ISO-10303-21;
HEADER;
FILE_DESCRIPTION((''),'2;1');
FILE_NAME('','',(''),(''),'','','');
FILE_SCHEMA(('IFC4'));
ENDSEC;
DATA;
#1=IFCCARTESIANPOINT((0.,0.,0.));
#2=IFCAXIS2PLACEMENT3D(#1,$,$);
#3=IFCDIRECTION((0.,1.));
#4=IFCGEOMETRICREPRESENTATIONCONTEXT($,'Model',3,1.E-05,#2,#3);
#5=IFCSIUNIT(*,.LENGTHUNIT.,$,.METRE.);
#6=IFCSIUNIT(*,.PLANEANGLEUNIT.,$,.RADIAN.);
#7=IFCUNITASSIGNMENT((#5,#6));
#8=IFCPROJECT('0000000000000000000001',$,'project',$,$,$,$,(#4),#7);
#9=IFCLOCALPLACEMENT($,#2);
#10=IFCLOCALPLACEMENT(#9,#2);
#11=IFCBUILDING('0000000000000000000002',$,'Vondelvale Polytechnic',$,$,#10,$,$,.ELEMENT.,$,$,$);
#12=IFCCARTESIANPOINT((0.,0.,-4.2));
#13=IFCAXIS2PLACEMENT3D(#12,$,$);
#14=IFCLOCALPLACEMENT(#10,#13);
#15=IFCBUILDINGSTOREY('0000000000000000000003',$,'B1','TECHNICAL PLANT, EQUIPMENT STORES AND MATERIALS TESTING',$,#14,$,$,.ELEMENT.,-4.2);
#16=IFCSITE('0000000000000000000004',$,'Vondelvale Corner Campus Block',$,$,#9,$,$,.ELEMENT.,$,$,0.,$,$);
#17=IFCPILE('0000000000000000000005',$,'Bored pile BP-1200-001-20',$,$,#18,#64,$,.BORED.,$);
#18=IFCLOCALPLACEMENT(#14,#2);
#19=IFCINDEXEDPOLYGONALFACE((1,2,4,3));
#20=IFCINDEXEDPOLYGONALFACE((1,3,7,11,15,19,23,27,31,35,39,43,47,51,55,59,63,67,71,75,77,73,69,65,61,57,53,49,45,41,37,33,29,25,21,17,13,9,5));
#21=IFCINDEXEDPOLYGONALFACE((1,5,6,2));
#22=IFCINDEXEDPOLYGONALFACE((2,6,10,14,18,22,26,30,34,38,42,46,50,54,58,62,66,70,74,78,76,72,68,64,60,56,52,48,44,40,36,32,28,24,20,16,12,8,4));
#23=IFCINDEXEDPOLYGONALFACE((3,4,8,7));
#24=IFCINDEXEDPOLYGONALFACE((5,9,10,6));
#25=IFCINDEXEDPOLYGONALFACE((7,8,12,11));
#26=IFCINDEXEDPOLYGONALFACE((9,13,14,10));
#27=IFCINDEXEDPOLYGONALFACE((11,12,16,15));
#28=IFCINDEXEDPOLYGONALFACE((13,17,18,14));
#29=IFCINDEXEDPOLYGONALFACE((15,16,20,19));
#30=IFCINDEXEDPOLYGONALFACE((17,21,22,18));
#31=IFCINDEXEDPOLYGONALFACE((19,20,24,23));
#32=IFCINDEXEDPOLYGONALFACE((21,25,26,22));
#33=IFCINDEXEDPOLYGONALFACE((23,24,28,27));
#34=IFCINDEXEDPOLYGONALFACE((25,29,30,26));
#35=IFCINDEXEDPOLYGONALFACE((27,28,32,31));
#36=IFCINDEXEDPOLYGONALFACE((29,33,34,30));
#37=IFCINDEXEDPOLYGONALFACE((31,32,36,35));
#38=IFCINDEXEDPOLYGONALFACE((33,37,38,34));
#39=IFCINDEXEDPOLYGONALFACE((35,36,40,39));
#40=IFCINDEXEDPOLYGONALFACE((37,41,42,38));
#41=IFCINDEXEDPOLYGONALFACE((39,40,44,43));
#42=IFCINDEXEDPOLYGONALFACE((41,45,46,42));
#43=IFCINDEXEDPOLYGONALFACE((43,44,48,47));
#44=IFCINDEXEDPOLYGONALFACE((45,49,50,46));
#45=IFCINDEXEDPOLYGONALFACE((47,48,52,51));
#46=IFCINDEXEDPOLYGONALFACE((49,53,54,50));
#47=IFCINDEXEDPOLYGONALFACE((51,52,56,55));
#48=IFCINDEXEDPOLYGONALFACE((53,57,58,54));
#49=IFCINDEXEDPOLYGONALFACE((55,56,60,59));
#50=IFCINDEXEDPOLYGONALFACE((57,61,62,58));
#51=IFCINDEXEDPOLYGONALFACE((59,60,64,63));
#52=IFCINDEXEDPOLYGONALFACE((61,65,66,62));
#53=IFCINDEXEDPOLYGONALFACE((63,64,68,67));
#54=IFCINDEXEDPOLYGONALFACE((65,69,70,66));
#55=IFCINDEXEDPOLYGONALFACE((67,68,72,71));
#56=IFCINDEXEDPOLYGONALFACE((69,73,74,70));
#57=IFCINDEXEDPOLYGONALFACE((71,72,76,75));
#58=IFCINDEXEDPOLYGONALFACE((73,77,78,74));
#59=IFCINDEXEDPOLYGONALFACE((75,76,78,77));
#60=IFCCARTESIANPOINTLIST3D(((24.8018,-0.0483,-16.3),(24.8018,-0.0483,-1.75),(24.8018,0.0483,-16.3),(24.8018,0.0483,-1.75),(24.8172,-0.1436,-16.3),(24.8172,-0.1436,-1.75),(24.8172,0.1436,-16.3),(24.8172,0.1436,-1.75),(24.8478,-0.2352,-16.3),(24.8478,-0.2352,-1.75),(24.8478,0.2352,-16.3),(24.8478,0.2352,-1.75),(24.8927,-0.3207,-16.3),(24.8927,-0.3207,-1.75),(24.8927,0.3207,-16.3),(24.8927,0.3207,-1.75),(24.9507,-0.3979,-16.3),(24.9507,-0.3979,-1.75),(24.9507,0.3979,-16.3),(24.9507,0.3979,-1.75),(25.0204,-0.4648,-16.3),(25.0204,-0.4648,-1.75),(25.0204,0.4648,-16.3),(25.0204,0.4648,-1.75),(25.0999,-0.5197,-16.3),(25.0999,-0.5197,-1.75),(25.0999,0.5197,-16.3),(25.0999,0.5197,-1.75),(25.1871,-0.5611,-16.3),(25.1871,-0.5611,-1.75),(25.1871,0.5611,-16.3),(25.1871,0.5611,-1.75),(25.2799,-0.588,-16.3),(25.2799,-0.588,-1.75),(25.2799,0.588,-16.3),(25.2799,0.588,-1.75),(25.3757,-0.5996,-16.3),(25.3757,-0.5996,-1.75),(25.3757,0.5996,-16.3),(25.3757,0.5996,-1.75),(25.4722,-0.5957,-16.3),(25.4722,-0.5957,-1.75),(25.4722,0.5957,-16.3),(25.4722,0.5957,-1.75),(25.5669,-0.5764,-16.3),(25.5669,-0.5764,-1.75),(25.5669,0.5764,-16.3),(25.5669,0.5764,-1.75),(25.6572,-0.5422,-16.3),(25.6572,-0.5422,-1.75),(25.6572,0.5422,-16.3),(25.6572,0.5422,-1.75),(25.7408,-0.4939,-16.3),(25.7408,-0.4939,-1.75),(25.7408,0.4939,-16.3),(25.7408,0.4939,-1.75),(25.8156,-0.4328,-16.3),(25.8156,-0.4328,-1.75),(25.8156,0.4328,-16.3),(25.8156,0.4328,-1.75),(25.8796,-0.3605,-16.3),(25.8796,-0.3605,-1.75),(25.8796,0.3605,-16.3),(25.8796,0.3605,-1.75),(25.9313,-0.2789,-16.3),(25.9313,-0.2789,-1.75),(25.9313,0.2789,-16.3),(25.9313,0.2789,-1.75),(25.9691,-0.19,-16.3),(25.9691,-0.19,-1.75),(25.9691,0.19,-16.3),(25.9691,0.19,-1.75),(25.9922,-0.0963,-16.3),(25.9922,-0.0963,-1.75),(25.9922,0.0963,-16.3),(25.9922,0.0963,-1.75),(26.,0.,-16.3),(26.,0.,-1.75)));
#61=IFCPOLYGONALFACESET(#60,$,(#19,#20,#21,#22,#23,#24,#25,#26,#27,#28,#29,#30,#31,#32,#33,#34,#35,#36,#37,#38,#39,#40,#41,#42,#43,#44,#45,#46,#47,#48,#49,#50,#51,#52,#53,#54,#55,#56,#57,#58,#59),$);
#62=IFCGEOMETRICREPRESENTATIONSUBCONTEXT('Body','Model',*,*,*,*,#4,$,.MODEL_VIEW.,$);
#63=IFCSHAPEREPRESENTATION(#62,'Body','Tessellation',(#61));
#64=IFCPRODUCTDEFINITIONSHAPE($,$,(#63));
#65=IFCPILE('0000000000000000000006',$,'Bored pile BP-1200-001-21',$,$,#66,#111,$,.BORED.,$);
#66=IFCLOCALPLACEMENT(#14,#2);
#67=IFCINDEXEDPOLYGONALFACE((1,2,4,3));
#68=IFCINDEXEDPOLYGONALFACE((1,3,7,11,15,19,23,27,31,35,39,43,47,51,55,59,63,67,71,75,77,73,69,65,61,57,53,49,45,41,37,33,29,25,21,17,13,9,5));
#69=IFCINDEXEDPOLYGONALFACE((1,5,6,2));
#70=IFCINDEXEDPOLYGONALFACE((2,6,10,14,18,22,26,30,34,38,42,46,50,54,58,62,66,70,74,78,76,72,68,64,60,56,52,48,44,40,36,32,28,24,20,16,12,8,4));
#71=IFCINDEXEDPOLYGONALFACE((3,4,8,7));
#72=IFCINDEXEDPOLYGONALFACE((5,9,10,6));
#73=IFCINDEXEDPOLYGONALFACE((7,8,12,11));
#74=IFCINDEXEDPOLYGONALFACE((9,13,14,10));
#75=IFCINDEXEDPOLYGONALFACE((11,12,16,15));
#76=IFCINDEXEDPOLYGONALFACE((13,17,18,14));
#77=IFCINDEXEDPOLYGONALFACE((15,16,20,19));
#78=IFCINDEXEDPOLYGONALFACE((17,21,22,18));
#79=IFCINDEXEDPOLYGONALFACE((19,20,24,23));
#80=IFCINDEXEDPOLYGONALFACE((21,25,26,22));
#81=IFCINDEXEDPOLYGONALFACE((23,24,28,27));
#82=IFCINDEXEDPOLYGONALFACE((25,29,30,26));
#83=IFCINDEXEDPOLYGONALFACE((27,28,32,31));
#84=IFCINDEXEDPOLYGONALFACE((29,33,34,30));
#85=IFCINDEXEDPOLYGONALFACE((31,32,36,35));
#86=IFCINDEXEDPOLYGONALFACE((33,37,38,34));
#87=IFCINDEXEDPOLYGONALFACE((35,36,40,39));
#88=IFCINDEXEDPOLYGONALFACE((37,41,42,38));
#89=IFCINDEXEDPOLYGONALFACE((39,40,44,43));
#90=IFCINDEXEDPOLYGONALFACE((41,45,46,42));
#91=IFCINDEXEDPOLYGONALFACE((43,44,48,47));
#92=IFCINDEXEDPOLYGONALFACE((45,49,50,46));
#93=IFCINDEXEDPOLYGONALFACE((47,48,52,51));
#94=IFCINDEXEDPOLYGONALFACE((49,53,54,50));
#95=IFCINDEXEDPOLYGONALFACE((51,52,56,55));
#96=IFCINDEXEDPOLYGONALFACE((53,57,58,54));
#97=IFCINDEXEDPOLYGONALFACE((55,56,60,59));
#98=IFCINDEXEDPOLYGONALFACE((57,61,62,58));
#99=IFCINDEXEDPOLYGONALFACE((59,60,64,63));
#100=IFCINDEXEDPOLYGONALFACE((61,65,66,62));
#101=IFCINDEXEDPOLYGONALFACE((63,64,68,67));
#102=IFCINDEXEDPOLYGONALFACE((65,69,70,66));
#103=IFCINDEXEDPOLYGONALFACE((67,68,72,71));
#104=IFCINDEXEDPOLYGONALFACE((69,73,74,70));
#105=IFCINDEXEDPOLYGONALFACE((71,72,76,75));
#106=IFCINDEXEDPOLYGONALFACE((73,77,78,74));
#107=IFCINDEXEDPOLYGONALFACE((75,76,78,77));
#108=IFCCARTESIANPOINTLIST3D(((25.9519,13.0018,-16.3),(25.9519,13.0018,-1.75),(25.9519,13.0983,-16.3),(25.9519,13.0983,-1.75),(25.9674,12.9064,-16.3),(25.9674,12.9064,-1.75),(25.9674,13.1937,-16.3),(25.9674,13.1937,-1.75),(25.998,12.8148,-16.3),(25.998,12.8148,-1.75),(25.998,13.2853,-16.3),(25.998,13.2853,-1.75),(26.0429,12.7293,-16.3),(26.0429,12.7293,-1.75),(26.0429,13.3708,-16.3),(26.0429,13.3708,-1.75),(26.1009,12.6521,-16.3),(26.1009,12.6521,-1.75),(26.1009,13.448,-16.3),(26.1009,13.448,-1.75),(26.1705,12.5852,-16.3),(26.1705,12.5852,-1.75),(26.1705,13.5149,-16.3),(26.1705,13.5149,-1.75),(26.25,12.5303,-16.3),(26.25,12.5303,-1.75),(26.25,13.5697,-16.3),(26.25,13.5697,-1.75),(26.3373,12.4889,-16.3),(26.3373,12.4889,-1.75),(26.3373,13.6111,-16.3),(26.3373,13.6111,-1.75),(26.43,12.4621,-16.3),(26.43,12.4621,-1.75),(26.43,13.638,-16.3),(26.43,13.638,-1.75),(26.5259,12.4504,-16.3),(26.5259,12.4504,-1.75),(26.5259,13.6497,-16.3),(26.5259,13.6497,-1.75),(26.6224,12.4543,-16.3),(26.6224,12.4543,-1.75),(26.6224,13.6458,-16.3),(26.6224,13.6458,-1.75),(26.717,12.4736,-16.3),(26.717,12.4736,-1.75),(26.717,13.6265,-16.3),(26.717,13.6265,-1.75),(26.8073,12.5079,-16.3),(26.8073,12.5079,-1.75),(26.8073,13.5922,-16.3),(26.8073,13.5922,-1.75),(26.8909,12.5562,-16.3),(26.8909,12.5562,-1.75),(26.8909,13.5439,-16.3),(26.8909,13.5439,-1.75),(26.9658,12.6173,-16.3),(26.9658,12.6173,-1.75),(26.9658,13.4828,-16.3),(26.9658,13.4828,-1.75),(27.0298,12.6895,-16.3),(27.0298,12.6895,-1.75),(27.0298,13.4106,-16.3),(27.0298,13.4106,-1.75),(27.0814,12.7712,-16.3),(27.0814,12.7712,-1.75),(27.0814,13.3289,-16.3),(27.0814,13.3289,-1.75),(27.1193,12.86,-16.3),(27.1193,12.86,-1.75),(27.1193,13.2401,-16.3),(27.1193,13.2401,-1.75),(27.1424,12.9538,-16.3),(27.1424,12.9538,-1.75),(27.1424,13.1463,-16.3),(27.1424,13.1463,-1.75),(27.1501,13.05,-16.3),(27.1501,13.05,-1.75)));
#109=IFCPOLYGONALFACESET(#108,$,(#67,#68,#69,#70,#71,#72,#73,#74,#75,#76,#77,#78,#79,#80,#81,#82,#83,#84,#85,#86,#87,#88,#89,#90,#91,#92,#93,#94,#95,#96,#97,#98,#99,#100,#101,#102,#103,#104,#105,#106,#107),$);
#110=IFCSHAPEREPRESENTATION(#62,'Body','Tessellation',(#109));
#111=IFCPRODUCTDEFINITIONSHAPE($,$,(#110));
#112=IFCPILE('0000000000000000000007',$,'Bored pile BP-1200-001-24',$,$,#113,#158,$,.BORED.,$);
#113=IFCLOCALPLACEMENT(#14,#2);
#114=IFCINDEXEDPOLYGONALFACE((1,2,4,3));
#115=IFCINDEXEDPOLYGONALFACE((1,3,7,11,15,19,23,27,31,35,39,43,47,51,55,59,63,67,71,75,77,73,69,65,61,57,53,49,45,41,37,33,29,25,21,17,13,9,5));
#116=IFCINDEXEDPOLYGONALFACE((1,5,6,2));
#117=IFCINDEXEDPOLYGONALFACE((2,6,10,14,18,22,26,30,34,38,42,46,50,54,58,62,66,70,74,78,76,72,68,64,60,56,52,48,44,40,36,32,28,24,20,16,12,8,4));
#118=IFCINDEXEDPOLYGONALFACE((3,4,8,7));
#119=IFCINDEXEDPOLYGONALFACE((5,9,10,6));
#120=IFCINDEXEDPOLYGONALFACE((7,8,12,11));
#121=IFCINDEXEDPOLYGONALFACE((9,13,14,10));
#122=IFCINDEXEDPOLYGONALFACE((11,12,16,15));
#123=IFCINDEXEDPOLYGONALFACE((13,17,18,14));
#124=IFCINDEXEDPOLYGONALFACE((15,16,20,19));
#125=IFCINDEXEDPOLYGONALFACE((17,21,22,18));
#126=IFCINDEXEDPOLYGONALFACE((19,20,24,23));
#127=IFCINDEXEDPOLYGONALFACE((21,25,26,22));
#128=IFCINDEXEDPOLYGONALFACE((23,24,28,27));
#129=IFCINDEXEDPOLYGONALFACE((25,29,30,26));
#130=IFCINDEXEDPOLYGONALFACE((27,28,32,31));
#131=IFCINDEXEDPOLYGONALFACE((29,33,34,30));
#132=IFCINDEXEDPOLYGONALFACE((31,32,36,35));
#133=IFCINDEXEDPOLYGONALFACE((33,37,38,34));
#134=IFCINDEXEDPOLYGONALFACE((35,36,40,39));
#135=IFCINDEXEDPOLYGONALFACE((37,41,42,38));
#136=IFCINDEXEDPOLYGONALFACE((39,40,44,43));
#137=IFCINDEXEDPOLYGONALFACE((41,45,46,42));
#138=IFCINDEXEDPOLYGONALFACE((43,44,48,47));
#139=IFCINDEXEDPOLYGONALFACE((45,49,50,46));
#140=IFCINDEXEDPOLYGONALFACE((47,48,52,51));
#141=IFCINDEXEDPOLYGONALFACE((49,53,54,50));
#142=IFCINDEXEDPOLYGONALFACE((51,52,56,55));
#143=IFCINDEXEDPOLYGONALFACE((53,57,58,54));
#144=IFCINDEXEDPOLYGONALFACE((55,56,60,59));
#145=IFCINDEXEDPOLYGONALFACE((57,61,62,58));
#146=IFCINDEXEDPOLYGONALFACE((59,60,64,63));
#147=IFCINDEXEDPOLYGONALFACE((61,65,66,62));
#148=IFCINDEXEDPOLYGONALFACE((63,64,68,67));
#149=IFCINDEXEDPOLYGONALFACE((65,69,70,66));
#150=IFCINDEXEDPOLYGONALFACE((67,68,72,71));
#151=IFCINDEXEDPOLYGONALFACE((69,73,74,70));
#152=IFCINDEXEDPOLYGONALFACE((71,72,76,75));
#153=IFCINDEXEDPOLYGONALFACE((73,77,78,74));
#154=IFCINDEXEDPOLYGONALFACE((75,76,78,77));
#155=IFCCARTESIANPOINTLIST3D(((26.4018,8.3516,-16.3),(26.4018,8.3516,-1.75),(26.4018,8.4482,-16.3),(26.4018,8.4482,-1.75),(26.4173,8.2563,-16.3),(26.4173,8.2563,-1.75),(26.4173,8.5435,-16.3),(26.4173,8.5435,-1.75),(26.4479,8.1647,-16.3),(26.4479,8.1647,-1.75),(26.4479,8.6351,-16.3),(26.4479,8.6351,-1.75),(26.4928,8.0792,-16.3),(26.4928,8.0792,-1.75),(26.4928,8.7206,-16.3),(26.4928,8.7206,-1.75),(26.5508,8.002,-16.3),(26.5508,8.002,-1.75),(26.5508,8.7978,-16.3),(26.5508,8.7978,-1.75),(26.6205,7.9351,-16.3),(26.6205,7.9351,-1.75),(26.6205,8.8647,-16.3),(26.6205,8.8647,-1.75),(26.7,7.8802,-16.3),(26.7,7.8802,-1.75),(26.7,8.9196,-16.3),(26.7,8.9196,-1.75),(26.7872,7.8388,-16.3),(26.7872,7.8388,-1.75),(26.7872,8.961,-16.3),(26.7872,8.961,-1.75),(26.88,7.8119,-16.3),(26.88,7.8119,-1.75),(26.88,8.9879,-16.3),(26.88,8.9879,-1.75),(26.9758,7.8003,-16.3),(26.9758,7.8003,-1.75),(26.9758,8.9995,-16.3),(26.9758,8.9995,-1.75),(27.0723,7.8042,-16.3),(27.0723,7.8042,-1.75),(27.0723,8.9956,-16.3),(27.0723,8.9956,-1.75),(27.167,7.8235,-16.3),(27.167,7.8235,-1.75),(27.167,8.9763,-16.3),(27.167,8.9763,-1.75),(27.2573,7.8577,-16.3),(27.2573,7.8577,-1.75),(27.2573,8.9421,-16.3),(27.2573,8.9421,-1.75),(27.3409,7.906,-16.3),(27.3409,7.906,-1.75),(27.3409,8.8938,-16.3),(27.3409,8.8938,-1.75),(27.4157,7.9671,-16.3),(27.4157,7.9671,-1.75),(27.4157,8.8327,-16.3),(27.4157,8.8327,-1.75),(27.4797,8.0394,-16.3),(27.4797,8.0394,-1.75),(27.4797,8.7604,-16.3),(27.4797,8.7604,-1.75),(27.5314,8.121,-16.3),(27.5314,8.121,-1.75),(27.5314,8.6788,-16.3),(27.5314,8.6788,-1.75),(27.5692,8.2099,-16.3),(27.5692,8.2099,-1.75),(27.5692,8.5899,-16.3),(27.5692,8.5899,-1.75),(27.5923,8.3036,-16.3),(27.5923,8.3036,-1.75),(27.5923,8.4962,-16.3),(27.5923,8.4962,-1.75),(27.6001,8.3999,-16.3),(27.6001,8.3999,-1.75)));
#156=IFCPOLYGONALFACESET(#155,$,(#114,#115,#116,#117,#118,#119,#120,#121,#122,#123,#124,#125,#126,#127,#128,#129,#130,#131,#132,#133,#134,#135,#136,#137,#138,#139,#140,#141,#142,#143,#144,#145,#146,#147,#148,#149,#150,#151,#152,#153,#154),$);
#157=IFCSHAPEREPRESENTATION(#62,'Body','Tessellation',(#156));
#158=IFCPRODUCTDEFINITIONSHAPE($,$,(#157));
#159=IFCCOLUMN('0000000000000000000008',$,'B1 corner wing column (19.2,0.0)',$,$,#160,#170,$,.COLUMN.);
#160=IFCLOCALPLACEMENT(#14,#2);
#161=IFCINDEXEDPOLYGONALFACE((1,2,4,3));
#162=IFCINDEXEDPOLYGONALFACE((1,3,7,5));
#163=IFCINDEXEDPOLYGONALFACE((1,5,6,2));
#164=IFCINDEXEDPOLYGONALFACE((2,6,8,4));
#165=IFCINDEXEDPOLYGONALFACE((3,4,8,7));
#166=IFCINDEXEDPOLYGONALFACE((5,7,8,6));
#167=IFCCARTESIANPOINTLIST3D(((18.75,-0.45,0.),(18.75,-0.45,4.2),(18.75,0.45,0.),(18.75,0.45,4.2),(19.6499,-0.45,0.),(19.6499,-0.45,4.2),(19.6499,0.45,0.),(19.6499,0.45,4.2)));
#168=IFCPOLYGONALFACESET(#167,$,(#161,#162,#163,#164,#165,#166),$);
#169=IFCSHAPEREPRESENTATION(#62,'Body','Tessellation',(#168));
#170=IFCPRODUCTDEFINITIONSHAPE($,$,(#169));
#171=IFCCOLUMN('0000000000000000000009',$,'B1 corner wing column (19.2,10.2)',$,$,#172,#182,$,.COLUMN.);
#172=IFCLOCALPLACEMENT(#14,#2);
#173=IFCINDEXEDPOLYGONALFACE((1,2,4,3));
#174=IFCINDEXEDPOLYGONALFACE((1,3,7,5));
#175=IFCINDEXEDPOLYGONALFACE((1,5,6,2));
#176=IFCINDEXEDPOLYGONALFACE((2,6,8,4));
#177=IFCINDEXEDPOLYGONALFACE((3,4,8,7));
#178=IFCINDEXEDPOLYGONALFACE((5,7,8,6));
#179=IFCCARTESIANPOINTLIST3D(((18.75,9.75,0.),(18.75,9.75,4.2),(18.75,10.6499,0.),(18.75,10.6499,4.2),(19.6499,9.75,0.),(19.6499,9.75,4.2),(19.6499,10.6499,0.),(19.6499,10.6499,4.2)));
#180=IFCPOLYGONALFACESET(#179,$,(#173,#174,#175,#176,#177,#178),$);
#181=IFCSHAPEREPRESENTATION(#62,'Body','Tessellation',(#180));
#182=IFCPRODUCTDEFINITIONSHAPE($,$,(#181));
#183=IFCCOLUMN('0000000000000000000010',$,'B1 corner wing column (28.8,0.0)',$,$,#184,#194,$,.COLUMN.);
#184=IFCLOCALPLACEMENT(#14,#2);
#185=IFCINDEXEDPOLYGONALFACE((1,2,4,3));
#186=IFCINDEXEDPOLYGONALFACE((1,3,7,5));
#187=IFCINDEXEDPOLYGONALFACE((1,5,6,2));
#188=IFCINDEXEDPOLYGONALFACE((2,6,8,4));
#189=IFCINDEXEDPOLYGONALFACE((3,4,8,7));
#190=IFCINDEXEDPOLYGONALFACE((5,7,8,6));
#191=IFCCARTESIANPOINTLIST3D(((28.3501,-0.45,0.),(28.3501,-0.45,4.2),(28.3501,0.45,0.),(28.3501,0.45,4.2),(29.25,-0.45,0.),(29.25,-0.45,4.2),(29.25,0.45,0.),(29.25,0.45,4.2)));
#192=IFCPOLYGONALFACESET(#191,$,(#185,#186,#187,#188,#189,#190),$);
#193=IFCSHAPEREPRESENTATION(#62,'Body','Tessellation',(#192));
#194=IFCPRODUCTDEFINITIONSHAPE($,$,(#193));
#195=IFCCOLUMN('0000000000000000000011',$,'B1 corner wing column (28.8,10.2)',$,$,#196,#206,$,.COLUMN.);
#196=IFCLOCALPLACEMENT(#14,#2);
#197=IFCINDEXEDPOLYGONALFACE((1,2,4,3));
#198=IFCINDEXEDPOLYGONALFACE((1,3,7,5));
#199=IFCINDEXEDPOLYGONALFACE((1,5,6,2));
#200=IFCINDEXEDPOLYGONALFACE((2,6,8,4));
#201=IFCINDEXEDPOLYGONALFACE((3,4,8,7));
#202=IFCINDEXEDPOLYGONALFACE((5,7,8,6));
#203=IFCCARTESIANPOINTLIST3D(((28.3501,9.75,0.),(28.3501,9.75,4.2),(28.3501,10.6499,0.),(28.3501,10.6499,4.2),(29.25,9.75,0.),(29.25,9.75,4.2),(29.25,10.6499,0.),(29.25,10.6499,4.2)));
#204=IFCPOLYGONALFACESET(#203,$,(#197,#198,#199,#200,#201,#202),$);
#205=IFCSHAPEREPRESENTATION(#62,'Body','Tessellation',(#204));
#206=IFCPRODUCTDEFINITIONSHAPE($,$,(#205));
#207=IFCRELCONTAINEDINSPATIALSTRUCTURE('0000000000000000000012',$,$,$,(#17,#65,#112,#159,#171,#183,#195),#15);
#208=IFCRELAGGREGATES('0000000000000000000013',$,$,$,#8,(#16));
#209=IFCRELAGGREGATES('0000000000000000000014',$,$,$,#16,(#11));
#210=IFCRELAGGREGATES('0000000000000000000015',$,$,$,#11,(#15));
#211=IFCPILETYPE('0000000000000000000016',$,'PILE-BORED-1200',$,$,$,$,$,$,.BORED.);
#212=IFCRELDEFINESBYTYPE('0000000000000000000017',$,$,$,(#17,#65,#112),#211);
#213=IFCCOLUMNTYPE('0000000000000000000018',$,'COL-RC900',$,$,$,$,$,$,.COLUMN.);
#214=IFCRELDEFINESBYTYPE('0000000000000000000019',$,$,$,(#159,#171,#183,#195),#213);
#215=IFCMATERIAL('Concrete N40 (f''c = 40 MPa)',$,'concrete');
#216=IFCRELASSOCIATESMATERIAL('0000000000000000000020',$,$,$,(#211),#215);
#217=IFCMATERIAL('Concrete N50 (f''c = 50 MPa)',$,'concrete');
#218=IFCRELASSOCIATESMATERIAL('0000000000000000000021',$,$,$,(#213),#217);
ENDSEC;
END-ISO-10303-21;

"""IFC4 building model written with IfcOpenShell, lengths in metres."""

from ifc_helpers import new_model, si_unit, direction, frame, origin, origin_2d, place, context, subcontext, project, spatial, rectangle, circle, extrude, material, material_profile, profile_set, type_object, element, save


model = new_model("IFC4")

# Units and contexts
model_context = context("Model", 3, precision=1e-05, world=origin(), true_north=direction((0.0, 1.0)))
body_context = subcontext(model_context, "Body", "Model", "MODEL_VIEW")
ifc_project = project(units=[si_unit("LENGTHUNIT", "METRE"), si_unit("PLANEANGLEUNIT", "RADIAN")], contexts=[model_context])

# Site, building, storey
site_placement = place(None, origin())
site = spatial("IfcSite", under=ifc_project, at=site_placement, Name="Vondelvale Corner Campus Block", CompositionType="ELEMENT", RefElevation=0.0)
building_placement = place(site_placement, origin())
building = spatial("IfcBuilding", under=site, at=building_placement, Name="Vondelvale Polytechnic", CompositionType="ELEMENT")
storey_placement = place(building_placement, frame((0.0, 0.0, -4.2)))
storey = spatial("IfcBuildingStorey", under=building, at=storey_placement, Name="B1", Description="TECHNICAL PLANT, EQUIPMENT STORES AND MATERIALS TESTING", CompositionType="ELEMENT", Elevation=-4.2)

# Shared definitions
ifc_material_1 = material(Name="Concrete N40 (f'c = 40 MPa)", Category="concrete")

# Piles
ifc_material_profile_1 = material_profile(ifc_material_1, circle(Radius=0.6001, at=origin_2d()), Name="PILE-D1200")
ifc_profile_set_1 = profile_set([ifc_material_profile_1], Name="Concrete N40 (f'c = 40 MPa)")
pile_type = type_object("IfcPileType", Name="PILE-BORED-1200", PredefinedType="BORED", material=ifc_profile_set_1)
for number, where, z_axis, x_axis, name in (
    (1, (25.3999, 0.0, -1.75), (0.0, 0.0, -1.0), (1.0, 0.0, 0.0), "Bored pile BP-1200-001-20"),
    (2, (26.55, 13.05, -1.75), (0.0, 0.0, -1.0), (1.0, 0.0, 0.0), "Bored pile BP-1200-001-21"),
    (3, (27.0, 8.3999, -1.75), (0.0, 0.0, -1.0), (1.0, 0.0, 0.0), "Bored pile BP-1200-001-24"),
):
    element("IfcPile", number, at=place(storey_placement, frame(where, z_axis=z_axis, x_axis=x_axis)), inside=storey, type_object=pile_type, Name=name, PredefinedType="BORED", context=body_context, shape_type="SweptSolid", body=[
        extrude(circle(Radius=0.6001, at=origin_2d()), origin(), (0.0, 0.0, 1.0), 14.55),
    ])

# Columns
ifc_material_2 = material(Name="Concrete N50 (f'c = 50 MPa)", Category="concrete")
ifc_material_profile_2 = material_profile(ifc_material_2, rectangle(XDim=0.8999, YDim=0.8999, at=origin_2d()), Name="RC-COL-900x900")
ifc_profile_set_2 = profile_set([ifc_material_profile_2], Name="Concrete N50 (f'c = 50 MPa)")
column_type_1 = type_object("IfcColumnType", Name="COL-RC900", PredefinedType="COLUMN", material=ifc_profile_set_2)
for number, where, z_axis, x_axis, name in (
    (4, (19.2, 0.0, 0.0), (0.0, 0.0, 1.0), (1.0, 0.0, 0.0), "B1 corner wing column (19.2,0.0)"),
    (5, (19.2, 10.2, 0.0), (0.0, 0.0, 1.0), (1.0, 0.0, 0.0), "B1 corner wing column (19.2,10.2)"),
    (6, (28.8, 0.0, 0.0), (0.0, 0.0, 1.0), (1.0, 0.0, 0.0), "B1 corner wing column (28.8,0.0)"),
    (7, (28.8, 10.2, 0.0), (0.0, 0.0, 1.0), (1.0, 0.0, 0.0), "B1 corner wing column (28.8,10.2)"),
):
    element("IfcColumn", number, at=place(storey_placement, frame(where, z_axis=z_axis, x_axis=x_axis)), inside=storey, type_object=column_type_1, Name=name, PredefinedType="COLUMN", context=body_context, shape_type="SweptSolid", body=[
        extrude(rectangle(XDim=0.8999, YDim=0.8999, at=origin_2d()), origin(), (0.0, 0.0, 1.0), 4.2),
    ])

save(model, "model.ifc")
